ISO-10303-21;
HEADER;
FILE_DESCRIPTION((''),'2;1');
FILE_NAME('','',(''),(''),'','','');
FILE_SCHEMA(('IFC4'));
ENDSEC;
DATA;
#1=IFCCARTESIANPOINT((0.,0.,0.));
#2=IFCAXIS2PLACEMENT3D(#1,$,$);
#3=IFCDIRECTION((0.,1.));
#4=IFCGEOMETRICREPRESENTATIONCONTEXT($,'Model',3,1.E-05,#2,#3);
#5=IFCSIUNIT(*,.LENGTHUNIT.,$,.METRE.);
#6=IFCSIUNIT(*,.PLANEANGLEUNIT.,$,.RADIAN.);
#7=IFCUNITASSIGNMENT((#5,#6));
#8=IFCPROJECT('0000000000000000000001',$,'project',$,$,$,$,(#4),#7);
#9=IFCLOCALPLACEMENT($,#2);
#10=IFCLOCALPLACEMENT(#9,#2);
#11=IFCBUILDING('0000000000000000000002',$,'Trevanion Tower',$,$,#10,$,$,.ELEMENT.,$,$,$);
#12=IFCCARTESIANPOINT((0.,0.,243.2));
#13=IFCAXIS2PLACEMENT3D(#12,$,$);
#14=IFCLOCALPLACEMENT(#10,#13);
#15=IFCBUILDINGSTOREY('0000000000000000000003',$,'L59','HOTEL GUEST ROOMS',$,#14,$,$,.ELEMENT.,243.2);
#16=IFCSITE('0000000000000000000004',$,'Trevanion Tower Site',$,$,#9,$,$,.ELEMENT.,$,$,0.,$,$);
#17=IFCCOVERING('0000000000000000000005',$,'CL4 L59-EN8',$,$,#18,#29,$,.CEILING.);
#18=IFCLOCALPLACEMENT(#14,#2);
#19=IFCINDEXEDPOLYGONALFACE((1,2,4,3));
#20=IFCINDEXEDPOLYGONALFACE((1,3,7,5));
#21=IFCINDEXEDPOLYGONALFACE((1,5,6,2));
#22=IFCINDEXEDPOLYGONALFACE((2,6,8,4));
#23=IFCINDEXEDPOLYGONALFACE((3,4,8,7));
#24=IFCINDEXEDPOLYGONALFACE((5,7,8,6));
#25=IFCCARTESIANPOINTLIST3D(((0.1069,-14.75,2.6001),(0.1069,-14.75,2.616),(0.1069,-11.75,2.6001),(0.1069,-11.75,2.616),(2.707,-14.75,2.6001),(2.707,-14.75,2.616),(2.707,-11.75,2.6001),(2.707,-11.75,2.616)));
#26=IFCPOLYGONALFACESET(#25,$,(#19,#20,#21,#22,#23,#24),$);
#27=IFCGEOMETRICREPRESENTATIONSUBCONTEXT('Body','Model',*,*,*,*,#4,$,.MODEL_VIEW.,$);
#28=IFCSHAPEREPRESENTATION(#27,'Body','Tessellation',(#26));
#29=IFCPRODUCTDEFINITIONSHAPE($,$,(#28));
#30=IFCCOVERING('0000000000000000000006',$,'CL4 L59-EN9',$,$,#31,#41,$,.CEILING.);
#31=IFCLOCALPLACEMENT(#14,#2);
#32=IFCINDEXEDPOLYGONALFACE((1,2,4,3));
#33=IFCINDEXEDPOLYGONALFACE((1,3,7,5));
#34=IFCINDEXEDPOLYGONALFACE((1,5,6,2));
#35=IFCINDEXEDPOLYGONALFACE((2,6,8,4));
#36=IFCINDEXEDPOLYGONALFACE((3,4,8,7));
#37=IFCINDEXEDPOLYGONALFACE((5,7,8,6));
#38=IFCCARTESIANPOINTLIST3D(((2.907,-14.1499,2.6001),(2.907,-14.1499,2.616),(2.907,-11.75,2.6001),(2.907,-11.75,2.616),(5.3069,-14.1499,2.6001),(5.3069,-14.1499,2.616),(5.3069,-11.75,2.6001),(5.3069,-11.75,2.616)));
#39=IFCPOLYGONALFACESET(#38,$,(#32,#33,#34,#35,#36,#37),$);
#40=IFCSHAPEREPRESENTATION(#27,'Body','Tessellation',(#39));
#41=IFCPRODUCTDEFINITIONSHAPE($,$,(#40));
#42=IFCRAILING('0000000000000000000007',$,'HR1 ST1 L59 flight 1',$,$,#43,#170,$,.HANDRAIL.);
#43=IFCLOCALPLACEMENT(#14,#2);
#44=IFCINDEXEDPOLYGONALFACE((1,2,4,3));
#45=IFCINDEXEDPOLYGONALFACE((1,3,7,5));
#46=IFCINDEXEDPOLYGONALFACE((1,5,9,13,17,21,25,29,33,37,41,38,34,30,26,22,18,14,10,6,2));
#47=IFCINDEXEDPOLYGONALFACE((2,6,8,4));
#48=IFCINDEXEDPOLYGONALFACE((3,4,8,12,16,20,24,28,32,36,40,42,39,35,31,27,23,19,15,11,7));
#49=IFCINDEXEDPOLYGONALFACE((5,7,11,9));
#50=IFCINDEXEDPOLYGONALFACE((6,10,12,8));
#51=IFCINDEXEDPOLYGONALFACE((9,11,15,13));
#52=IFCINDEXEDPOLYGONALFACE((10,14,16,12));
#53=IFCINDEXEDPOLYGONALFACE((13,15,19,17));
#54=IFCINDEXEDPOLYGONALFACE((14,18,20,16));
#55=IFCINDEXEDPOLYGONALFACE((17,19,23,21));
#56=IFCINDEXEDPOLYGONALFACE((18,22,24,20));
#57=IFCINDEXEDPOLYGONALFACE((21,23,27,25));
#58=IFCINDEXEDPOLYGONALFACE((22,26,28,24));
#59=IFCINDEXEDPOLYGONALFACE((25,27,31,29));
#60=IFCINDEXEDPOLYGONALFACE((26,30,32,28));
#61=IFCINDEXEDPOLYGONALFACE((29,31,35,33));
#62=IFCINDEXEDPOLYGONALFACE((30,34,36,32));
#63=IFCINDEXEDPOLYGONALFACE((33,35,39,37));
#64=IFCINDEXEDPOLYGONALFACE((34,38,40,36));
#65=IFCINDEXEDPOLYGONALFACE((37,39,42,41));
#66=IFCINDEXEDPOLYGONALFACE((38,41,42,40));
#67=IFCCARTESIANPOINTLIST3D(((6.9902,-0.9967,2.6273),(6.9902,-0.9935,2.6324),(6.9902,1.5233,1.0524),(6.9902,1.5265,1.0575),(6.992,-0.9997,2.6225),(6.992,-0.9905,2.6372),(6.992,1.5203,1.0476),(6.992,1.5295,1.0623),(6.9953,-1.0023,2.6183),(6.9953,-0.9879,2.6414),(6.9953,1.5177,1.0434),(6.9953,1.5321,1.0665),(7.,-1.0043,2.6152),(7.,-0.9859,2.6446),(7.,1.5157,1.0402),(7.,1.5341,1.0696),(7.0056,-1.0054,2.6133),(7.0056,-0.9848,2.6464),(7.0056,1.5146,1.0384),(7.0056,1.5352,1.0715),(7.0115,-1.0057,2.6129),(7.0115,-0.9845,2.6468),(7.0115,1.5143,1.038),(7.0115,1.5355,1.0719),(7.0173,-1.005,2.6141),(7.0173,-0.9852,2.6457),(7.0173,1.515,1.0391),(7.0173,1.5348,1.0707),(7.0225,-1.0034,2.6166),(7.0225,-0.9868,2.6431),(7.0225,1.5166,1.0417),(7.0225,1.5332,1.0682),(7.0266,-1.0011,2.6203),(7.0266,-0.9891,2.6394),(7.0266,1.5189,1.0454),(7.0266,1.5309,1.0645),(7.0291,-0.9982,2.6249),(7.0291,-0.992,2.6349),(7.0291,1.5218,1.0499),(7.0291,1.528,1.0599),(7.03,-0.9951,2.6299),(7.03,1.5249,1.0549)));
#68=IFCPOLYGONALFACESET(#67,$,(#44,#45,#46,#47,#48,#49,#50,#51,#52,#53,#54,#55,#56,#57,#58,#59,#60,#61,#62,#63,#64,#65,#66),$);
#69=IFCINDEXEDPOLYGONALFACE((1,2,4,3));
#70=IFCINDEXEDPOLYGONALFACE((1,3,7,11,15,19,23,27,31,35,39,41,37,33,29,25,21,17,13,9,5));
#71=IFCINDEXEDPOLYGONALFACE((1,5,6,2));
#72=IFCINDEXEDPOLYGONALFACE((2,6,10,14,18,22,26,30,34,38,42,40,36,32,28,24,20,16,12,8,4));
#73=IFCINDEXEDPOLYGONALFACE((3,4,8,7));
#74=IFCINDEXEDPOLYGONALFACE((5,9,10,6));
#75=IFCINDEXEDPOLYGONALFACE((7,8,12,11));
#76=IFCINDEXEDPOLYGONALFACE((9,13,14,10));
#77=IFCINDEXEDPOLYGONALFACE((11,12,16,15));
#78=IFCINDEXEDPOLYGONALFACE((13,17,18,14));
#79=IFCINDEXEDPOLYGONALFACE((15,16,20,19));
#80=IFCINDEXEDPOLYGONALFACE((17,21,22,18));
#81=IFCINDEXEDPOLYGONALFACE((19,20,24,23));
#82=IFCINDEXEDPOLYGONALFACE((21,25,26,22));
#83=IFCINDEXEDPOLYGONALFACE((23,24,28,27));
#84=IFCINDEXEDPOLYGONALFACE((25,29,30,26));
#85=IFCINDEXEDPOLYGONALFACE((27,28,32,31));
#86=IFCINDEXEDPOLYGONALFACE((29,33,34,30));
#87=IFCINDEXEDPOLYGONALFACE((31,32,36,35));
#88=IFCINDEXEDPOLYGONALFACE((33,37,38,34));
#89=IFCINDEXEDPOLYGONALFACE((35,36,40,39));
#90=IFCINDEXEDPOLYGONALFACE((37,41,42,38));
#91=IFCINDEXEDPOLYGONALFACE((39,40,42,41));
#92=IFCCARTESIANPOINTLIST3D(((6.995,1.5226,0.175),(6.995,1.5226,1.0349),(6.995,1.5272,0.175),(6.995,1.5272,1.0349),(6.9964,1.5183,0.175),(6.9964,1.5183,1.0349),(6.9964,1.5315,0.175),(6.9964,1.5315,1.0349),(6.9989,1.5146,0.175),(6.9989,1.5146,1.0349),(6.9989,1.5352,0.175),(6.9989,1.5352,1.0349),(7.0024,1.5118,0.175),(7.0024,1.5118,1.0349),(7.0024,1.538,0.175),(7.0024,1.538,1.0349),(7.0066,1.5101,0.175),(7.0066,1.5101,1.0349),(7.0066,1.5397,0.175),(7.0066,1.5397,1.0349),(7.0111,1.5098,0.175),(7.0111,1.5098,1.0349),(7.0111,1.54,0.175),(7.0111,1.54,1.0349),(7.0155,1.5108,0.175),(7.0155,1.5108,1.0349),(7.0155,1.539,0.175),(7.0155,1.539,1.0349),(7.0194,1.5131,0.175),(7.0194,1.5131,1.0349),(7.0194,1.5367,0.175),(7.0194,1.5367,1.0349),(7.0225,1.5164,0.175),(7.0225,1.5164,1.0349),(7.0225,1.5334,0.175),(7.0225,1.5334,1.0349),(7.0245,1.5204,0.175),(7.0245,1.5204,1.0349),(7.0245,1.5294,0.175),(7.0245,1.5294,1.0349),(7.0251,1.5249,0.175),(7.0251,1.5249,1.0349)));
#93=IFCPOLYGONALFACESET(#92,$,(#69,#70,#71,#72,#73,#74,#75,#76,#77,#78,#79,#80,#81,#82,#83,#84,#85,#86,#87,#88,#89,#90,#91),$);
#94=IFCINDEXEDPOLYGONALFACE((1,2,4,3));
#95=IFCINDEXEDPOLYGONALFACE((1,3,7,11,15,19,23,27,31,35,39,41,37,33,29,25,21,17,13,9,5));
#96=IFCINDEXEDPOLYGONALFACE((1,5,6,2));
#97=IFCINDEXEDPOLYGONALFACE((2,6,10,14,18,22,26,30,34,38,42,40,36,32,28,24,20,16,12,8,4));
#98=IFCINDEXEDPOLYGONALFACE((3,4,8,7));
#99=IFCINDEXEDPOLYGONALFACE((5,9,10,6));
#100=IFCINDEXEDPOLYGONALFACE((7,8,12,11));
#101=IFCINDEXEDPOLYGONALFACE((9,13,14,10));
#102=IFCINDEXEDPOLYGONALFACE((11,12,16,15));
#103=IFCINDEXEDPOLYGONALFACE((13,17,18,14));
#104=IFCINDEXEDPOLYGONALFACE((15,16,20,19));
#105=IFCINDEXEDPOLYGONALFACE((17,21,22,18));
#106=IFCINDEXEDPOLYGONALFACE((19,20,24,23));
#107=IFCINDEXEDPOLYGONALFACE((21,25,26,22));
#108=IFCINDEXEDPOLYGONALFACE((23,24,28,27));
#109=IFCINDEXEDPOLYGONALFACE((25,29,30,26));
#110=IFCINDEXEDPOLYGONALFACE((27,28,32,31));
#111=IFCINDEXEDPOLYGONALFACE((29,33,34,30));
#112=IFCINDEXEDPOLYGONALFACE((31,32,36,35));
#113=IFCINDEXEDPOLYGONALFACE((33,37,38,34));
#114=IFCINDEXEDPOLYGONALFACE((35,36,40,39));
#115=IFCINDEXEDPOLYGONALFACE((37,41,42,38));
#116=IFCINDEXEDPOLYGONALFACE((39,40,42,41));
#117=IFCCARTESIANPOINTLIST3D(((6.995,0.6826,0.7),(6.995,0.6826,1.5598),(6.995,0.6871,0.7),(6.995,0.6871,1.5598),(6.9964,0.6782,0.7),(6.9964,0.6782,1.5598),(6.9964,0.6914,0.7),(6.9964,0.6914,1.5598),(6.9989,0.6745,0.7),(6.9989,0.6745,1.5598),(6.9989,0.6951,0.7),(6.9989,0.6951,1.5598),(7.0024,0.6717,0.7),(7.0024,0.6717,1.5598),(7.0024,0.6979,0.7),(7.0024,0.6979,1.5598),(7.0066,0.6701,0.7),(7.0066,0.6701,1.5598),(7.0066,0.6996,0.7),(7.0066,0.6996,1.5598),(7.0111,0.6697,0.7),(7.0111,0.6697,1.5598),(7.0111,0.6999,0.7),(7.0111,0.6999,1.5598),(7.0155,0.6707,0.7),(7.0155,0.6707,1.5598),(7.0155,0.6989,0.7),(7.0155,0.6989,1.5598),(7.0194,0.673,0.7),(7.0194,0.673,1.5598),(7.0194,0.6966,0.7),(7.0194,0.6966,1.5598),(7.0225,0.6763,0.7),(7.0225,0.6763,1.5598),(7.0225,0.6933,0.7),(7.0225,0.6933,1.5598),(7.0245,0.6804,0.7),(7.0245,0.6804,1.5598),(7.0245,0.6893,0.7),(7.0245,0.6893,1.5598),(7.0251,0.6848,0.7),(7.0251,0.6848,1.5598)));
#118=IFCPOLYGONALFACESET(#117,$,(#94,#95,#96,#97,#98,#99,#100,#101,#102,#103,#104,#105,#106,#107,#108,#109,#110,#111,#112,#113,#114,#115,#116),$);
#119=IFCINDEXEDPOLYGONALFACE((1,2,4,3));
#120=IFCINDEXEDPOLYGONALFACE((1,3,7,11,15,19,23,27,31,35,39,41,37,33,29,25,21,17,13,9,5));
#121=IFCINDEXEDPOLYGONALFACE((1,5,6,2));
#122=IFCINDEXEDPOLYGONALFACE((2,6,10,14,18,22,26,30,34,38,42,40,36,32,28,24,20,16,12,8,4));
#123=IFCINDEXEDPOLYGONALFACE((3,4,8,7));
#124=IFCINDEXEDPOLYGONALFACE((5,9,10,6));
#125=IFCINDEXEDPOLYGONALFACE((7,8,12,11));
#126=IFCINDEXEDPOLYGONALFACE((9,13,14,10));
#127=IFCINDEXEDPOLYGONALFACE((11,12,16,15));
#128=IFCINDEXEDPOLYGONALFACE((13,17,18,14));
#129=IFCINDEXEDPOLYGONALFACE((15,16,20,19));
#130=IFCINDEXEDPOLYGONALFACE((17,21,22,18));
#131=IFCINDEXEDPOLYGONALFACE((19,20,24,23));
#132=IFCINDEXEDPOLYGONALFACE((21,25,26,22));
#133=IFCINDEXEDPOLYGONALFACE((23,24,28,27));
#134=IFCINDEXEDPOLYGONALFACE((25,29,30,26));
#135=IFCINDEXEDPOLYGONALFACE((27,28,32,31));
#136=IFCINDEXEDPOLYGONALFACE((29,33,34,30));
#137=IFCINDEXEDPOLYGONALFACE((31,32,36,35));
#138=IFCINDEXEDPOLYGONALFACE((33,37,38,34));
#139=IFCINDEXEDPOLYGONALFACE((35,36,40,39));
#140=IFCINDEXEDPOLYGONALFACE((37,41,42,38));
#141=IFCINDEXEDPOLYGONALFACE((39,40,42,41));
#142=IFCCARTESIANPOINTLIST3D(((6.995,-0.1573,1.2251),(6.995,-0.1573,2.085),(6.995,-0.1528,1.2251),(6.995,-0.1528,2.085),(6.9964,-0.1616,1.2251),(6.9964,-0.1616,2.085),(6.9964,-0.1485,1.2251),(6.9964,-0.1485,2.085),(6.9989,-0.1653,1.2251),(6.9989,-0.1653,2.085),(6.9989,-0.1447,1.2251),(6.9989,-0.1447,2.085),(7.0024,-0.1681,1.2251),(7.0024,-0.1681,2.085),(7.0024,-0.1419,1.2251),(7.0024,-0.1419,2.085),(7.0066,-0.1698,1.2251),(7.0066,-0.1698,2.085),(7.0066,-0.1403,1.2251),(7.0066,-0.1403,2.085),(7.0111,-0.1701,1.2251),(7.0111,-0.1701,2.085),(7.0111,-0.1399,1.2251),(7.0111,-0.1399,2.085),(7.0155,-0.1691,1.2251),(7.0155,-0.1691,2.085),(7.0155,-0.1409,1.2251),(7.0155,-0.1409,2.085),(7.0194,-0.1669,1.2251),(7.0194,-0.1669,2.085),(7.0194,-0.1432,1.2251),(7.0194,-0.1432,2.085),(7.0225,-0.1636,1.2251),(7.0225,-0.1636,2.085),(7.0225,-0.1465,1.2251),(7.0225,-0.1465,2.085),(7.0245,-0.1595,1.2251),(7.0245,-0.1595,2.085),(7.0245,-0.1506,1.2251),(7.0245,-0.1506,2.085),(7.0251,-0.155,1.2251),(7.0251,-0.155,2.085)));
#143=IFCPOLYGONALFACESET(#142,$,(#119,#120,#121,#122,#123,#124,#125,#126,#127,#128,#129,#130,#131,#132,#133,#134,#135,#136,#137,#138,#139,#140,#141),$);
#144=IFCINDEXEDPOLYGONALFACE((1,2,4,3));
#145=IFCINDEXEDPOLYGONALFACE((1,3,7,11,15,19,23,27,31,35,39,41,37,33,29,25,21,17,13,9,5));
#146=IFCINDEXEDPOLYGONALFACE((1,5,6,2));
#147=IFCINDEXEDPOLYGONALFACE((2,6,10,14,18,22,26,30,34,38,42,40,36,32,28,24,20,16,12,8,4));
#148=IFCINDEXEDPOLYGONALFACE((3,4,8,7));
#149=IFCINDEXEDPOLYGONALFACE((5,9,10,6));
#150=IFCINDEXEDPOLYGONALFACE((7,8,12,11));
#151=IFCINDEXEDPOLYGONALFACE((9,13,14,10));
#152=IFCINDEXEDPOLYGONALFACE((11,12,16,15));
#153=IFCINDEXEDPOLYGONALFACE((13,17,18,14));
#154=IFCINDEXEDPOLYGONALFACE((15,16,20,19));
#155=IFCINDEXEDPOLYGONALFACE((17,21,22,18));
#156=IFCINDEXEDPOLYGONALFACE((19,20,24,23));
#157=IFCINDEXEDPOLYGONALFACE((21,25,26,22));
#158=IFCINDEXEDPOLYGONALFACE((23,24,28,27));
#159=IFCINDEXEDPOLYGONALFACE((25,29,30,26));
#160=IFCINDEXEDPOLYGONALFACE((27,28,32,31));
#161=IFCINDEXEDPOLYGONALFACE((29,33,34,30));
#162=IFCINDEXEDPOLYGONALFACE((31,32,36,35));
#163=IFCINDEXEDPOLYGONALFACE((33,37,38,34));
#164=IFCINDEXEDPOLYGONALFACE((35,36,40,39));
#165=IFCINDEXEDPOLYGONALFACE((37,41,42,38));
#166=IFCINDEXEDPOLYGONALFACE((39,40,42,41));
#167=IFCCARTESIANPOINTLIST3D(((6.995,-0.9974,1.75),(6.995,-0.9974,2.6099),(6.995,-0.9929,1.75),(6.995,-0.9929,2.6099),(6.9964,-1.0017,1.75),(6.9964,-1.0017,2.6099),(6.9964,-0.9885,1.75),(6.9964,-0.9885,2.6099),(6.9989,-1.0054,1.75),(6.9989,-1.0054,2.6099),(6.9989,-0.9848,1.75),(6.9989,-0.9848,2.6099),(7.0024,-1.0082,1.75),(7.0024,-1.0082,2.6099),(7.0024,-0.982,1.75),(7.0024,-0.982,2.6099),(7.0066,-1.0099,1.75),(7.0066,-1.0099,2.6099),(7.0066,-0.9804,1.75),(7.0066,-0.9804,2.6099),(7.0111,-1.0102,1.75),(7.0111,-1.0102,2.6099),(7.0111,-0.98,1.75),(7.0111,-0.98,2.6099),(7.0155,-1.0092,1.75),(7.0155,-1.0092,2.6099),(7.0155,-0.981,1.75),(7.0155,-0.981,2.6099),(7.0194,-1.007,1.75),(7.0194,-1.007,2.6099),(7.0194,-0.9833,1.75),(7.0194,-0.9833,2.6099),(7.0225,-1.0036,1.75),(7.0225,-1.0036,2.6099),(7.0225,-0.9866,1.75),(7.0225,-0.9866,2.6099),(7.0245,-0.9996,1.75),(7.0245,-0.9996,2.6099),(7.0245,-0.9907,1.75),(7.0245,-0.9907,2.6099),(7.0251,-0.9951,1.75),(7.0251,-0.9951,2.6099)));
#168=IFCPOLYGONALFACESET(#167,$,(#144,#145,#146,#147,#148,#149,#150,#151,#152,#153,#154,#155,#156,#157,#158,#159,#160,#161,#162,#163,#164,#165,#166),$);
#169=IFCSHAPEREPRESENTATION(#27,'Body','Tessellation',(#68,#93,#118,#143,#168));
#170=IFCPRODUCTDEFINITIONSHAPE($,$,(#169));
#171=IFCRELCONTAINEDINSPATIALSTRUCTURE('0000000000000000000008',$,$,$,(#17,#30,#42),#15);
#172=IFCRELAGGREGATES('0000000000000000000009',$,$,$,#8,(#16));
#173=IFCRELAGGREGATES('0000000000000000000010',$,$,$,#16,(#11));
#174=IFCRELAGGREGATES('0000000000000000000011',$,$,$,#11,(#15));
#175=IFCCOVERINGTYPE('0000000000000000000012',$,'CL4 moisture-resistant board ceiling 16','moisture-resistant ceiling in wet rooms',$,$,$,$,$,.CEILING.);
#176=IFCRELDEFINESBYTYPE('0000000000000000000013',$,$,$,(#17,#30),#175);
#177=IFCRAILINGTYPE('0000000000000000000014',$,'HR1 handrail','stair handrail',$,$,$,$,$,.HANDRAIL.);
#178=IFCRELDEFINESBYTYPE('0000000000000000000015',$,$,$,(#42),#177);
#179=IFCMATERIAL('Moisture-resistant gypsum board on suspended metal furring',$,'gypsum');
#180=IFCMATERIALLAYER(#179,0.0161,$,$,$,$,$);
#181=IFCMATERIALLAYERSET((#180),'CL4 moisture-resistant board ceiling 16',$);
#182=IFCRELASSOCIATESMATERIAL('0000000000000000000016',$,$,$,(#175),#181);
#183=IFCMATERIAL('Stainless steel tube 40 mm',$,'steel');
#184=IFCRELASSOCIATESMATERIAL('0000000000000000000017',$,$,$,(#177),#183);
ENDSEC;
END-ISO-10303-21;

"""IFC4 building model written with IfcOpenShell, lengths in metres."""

from ifc_helpers import new_model, si_unit, direction, frame, origin, origin_2d, place, context, subcontext, project, spatial, polyline, circle, outline, extrude, material, layer, layer_set, type_object, element, save


model = new_model("IFC4")

# Units and contexts
model_context = context("Model", 3, precision=1e-05, world=origin(), true_north=direction((0.0, 1.0)))
body_context = subcontext(model_context, "Body", "Model", "MODEL_VIEW")
ifc_project = project(units=[si_unit("LENGTHUNIT", "METRE"), si_unit("PLANEANGLEUNIT", "RADIAN")], contexts=[model_context])

# Site, building, storey
site_placement = place(None, origin())
site = spatial("IfcSite", under=ifc_project, at=site_placement, Name="Trevanion Tower Site", CompositionType="ELEMENT", RefElevation=0.0)
building_placement = place(site_placement, origin())
building = spatial("IfcBuilding", under=site, at=building_placement, Name="Trevanion Tower", CompositionType="ELEMENT")
storey_placement = place(building_placement, frame((0.0, 0.0, 243.2)))
storey = spatial("IfcBuildingStorey", under=building, at=storey_placement, Name="L59", Description="HOTEL GUEST ROOMS", CompositionType="ELEMENT", Elevation=243.2)

# Coverings
ifc_material_1 = material(Name="Moisture-resistant gypsum board on suspended metal furring", Category="gypsum")
ifc_layer_1 = layer(ifc_material_1, 0.0161)
ifc_layer_set_1 = layer_set([ifc_layer_1], Name="CL4 moisture-resistant board ceiling 16")
covering_type_1 = type_object("IfcCoveringType", Name="CL4 moisture-resistant board ceiling 16", Description="moisture-resistant ceiling in wet rooms", PredefinedType="CEILING", material=ifc_layer_set_1)
covering_1_placement = place(storey_placement, frame((0.0, 0.0, 2.6001)))
element("IfcCovering", 1, at=covering_1_placement, inside=storey, type_object=covering_type_1, Name="CL4 L59-EN8", PredefinedType="CEILING", context=body_context, shape_type="SweptSolid", body=[
    extrude(outline(polyline([(0.1069, -14.75), (2.707, -14.75), (2.707, -11.75), (0.1069, -11.75), (0.1069, -14.75)])), origin(), (0.0, 0.0, 1.0), 0.0159),
])
covering_2_placement = place(storey_placement, frame((0.0, 0.0, 2.6001)))
element("IfcCovering", 2, at=covering_2_placement, inside=storey, type_object=covering_type_1, Name="CL4 L59-EN9", PredefinedType="CEILING", context=body_context, shape_type="SweptSolid", body=[
    extrude(outline(polyline([(2.907, -14.1499), (5.3069, -14.1499), (5.3069, -11.75), (2.907, -11.75), (2.907, -14.1499)])), origin(), (0.0, 0.0, 1.0), 0.0159),
])

# Railing
ifc_material_2 = material(Name="Stainless steel tube 40 mm", Category="steel")
railing_type = type_object("IfcRailingType", Name="HR1 handrail", Description="stair handrail", PredefinedType="HANDRAIL", material=ifc_material_2)
for number, where, name in (
    (3, (7.01, 1.5249, 0.175), "HR1 ST1 L59 flight 1"),
):
    element("IfcRailing", number, at=place(storey_placement, frame(where)), inside=storey, type_object=railing_type, Name=name, PredefinedType="HANDRAIL", context=body_context, shape_type="SweptSolid", body=[
        extrude(circle(Radius=0.02, at=origin_2d()), frame((0.0, 0.0, 0.8799), z_axis=(0.0, -0.848008, 0.529984), x_axis=(1.0, 0.0, 0.0)), (0.0, 0.0, 1.0), 2.9717),
        extrude(circle(Radius=0.0151, at=origin_2d()), origin(), (0.0, 0.0, 1.0), 0.8599),
        extrude(circle(Radius=0.0151, at=origin_2d()), frame((0.0, -0.8401, 0.5249)), (0.0, 0.0, 1.0), 0.8599),
        extrude(circle(Radius=0.0151, at=origin_2d()), frame((0.0, -1.6799, 1.05)), (0.0, 0.0, 1.0), 0.8599),
        extrude(circle(Radius=0.0151, at=origin_2d()), frame((0.0, -2.52, 1.575)), (0.0, 0.0, 1.0), 0.8599),
    ])

save(model, "model.ifc")
